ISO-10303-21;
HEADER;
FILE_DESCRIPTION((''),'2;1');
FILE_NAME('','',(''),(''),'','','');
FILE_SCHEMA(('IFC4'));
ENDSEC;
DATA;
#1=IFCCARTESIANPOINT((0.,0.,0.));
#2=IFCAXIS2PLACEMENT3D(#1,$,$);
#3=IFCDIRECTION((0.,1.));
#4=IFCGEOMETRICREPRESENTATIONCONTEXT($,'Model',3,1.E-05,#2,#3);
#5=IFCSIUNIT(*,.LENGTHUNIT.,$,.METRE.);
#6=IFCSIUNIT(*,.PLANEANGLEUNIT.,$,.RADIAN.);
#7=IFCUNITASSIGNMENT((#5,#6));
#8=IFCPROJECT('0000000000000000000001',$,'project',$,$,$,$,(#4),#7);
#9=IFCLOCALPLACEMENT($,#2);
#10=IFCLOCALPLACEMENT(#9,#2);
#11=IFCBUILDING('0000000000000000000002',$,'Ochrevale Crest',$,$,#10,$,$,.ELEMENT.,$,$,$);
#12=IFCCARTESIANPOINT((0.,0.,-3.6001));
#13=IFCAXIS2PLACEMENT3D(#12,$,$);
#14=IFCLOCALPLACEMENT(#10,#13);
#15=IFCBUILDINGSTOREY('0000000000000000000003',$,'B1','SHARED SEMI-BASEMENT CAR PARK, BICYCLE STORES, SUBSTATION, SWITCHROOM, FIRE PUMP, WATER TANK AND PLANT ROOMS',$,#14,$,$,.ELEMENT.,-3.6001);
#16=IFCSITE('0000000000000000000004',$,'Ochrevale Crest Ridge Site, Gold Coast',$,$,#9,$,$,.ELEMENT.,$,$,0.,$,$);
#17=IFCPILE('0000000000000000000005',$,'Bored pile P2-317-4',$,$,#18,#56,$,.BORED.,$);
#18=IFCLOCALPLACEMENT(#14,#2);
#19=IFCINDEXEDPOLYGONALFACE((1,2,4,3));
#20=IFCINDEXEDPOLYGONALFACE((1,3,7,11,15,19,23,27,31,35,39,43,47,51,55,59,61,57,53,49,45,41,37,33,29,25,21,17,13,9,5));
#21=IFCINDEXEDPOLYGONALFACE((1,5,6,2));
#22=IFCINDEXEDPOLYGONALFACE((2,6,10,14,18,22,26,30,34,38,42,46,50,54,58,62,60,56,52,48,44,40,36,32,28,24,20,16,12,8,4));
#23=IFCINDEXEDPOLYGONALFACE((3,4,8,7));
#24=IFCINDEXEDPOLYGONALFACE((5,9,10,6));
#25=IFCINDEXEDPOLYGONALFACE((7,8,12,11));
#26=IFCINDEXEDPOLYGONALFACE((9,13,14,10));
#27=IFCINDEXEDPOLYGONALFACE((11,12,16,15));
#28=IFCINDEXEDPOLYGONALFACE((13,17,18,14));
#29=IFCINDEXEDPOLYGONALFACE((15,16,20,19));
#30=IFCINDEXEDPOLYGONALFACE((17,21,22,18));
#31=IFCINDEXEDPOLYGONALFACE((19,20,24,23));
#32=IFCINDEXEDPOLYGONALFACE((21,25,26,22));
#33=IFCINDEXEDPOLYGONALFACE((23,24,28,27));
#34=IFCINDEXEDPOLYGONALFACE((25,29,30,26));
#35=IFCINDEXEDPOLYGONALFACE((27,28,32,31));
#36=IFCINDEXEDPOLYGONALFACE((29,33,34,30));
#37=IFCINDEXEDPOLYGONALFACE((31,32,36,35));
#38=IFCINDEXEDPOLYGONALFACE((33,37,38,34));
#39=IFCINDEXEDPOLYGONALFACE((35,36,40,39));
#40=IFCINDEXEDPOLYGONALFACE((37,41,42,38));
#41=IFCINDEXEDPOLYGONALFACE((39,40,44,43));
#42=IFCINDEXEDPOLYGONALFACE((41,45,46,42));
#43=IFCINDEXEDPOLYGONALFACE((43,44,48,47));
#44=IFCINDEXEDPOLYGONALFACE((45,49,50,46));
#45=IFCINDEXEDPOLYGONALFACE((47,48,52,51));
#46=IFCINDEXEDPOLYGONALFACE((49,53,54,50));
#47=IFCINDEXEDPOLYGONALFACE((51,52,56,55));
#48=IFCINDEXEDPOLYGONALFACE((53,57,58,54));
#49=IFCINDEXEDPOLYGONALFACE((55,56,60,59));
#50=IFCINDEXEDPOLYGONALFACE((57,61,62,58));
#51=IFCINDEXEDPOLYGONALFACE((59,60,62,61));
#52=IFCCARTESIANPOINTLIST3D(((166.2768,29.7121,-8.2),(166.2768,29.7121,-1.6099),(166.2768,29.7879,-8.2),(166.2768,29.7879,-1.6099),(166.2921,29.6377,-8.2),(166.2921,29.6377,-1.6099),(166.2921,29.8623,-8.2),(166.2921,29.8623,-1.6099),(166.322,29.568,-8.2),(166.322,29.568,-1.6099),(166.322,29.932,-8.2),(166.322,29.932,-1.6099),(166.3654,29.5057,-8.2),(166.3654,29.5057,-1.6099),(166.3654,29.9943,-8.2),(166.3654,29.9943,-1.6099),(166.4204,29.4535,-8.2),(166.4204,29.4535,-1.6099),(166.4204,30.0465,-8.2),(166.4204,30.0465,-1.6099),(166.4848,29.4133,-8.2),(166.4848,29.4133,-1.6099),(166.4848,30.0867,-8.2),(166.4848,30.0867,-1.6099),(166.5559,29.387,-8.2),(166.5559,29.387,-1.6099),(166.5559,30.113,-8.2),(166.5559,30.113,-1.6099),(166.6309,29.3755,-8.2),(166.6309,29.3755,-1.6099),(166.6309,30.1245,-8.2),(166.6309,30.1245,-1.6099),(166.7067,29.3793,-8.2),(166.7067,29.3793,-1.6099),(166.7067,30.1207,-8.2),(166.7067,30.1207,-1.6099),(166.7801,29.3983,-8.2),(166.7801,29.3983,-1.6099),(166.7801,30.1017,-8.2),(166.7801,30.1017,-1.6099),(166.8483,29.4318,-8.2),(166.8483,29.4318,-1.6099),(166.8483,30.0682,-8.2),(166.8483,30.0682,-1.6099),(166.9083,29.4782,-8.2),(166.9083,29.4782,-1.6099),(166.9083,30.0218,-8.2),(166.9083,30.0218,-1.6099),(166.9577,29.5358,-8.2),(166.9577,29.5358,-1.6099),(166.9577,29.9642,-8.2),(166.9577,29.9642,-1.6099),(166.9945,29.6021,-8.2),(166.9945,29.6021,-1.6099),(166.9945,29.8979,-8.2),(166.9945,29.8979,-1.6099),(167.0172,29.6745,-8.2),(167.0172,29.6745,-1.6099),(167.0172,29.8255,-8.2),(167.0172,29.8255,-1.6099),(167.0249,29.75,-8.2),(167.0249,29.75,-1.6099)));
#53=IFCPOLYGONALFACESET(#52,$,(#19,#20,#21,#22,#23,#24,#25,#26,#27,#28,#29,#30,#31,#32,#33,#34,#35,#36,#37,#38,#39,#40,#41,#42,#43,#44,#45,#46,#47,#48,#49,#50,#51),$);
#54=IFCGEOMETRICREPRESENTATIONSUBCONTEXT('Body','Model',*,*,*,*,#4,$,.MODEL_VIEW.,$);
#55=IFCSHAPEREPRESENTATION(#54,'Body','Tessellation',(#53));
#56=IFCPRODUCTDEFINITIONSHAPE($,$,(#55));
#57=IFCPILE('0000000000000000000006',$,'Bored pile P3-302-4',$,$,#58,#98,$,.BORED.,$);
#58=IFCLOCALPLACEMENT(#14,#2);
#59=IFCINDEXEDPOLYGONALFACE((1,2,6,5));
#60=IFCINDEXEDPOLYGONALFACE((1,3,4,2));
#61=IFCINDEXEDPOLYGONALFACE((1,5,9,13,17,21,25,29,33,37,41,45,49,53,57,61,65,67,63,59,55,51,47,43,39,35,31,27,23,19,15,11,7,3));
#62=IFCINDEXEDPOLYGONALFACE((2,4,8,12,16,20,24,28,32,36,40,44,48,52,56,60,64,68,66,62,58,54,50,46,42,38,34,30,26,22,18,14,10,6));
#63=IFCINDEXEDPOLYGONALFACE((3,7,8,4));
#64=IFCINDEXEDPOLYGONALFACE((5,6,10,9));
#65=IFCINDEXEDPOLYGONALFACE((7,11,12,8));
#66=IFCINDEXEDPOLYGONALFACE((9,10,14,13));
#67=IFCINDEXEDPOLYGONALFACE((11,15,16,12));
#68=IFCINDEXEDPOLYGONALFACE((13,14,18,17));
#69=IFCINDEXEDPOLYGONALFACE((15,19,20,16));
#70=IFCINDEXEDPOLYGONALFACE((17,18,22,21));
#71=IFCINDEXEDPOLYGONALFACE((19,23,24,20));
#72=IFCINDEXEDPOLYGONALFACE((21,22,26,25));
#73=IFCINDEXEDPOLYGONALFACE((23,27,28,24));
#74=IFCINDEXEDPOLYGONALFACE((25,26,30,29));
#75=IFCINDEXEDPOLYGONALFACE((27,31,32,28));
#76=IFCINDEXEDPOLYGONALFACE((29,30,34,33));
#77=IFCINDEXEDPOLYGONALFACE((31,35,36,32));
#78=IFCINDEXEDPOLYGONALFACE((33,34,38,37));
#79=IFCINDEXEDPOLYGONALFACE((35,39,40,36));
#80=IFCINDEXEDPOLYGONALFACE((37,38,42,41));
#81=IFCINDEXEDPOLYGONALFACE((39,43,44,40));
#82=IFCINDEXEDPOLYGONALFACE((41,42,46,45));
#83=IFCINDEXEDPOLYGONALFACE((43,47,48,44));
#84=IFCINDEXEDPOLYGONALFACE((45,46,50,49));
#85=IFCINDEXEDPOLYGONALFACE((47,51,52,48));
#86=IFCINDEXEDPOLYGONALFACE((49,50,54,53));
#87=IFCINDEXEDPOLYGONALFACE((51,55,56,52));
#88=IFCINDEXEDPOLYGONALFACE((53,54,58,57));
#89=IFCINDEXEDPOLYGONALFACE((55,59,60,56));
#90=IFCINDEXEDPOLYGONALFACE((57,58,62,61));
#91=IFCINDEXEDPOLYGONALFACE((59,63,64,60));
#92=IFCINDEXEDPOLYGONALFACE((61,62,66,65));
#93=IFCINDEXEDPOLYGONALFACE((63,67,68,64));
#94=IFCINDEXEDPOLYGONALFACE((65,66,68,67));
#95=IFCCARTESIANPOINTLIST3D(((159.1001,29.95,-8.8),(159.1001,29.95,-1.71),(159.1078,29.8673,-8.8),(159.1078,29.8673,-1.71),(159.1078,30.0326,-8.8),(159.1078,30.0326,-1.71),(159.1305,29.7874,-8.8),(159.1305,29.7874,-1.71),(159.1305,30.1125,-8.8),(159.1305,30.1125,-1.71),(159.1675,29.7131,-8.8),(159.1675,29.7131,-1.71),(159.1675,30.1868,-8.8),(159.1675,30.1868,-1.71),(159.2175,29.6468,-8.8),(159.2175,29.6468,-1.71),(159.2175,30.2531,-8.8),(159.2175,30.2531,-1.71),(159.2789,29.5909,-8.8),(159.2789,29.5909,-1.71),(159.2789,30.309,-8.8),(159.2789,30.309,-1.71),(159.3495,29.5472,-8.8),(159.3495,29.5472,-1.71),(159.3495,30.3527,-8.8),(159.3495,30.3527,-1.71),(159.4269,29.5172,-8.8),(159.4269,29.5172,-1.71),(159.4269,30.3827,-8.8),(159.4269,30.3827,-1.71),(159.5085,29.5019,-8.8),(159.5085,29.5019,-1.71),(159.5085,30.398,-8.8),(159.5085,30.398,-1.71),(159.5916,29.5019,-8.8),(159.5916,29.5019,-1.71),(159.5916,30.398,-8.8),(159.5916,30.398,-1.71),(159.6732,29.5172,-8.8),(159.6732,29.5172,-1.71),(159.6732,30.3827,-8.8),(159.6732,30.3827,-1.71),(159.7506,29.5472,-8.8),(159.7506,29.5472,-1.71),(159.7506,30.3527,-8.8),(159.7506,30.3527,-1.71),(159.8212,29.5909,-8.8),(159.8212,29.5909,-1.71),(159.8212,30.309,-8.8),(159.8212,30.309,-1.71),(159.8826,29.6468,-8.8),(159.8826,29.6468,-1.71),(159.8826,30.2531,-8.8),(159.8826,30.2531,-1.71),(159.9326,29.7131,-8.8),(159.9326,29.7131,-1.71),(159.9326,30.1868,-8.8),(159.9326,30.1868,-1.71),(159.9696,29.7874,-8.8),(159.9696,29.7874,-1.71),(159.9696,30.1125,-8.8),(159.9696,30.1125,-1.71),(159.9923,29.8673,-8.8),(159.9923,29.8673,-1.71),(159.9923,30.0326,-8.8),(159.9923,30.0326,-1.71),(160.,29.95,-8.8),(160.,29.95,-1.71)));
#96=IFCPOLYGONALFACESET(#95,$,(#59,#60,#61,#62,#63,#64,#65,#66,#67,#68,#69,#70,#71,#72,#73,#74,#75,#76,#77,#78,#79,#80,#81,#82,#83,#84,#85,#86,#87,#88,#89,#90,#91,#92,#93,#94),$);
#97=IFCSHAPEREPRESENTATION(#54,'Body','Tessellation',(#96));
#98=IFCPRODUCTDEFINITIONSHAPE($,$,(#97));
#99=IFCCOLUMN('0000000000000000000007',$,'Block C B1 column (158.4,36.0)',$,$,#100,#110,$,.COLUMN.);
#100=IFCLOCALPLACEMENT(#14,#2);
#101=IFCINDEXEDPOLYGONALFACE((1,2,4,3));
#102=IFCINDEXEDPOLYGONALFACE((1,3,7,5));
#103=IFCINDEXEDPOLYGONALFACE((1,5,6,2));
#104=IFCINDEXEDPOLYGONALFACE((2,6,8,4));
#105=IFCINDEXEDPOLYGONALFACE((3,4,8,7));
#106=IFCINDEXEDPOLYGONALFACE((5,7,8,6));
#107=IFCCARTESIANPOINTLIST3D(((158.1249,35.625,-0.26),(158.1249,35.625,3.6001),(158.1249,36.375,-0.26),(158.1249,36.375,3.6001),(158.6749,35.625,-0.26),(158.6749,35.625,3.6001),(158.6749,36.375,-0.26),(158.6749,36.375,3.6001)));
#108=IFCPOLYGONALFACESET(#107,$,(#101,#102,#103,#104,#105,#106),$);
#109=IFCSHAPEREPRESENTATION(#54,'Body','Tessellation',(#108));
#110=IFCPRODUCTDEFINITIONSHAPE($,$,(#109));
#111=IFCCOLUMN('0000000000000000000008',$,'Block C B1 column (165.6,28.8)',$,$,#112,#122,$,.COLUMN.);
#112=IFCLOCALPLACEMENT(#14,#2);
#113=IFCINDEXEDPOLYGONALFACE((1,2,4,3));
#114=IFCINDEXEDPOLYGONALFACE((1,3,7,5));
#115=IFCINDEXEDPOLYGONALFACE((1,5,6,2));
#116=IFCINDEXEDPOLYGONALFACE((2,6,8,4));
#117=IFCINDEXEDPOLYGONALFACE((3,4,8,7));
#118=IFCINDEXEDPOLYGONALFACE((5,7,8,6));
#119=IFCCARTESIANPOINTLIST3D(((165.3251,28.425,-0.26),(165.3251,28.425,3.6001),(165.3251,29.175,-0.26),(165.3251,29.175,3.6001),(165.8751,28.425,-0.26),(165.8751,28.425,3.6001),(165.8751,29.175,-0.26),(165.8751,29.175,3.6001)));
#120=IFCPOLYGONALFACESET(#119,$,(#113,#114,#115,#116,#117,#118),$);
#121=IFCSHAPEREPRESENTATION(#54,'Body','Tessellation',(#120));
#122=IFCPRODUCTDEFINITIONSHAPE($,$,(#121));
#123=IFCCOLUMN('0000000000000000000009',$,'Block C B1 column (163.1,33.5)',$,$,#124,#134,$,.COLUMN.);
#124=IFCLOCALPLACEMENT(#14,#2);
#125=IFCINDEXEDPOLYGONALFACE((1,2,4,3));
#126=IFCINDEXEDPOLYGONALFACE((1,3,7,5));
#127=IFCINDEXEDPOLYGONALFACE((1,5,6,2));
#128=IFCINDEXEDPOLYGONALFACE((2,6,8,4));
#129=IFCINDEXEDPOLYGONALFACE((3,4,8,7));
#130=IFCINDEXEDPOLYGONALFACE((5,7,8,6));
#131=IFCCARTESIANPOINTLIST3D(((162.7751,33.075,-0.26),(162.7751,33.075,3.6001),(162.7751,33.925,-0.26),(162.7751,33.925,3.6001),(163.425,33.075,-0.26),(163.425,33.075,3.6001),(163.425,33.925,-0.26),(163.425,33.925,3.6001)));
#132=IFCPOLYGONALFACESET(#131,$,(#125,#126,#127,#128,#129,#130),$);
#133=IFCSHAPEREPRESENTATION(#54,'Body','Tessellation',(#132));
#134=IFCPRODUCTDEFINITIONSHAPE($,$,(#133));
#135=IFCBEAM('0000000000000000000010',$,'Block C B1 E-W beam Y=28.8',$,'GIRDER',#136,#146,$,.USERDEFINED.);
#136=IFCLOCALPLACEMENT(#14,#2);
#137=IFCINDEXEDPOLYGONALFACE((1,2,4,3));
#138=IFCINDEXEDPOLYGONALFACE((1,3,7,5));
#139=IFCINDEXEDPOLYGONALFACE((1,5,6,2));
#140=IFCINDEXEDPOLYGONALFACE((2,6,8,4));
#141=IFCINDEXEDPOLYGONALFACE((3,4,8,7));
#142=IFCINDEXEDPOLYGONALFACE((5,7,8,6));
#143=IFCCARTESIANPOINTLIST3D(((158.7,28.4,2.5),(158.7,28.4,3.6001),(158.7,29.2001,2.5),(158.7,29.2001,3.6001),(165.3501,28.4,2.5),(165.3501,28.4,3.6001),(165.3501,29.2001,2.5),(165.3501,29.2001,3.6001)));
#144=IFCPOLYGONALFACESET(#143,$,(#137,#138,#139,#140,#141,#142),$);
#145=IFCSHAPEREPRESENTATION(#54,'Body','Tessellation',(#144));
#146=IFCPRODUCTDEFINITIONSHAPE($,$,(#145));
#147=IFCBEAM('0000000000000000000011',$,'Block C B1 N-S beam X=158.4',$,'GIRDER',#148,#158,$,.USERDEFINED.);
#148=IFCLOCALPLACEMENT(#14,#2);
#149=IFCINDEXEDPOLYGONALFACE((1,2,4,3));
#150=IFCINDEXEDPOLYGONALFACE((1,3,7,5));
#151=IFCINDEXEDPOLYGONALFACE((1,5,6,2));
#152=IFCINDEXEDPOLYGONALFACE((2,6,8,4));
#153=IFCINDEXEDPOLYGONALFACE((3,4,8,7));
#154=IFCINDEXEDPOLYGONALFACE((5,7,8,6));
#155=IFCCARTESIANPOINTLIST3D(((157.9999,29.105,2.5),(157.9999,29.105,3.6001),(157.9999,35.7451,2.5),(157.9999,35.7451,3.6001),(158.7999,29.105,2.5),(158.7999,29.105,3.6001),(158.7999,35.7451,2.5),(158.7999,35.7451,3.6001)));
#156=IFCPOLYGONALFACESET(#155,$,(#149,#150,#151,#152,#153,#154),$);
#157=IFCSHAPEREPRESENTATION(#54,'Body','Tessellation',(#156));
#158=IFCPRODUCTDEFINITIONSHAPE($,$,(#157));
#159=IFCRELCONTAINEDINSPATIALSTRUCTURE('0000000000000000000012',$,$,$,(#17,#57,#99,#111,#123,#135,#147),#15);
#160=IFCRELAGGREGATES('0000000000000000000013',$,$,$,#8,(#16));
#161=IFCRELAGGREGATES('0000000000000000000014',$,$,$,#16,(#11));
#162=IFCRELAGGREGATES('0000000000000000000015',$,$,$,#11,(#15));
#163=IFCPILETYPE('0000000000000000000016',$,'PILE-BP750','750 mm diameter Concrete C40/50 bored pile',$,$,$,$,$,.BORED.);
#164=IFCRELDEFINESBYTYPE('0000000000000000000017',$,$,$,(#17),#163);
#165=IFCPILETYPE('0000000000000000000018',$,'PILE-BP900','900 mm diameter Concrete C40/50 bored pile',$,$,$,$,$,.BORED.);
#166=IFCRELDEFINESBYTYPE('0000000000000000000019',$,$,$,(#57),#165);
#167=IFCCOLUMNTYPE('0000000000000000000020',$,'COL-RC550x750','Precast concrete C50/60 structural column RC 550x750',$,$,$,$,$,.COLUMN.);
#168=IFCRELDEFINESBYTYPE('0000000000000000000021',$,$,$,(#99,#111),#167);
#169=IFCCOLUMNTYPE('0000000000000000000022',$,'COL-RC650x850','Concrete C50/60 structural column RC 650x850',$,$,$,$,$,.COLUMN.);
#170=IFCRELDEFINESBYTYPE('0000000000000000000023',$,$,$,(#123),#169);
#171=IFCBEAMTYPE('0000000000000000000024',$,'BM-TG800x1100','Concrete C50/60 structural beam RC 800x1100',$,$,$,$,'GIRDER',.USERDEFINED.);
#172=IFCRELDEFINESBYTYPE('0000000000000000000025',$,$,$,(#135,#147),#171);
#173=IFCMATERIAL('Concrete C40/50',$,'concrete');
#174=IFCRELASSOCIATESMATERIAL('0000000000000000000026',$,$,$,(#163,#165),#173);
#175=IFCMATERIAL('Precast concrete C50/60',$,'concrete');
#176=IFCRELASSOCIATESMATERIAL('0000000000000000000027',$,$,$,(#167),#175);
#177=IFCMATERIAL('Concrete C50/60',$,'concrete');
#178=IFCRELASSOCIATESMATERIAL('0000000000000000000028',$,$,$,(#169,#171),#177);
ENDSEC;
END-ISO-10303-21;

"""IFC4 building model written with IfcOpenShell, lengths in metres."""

from ifc_helpers import new_model, si_unit, direction, frame, origin, origin_2d, place, context, subcontext, project, spatial, rectangle, circle, extrude, material, material_profile, profile_set, type_object, element, save


model = new_model("IFC4")

# Units and contexts
model_context = context("Model", 3, precision=1e-05, world=origin(), true_north=direction((0.0, 1.0)))
body_context = subcontext(model_context, "Body", "Model", "MODEL_VIEW")
ifc_project = project(units=[si_unit("LENGTHUNIT", "METRE"), si_unit("PLANEANGLEUNIT", "RADIAN")], contexts=[model_context])

# Site, building, storey
site_placement = place(None, origin())
site = spatial("IfcSite", under=ifc_project, at=site_placement, Name="Ochrevale Crest Ridge Site, Gold Coast", CompositionType="ELEMENT", RefElevation=0.0)
building_placement = place(site_placement, origin())
building = spatial("IfcBuilding", under=site, at=building_placement, Name="Ochrevale Crest", CompositionType="ELEMENT")
storey_placement = place(building_placement, frame((0.0, 0.0, -3.6001)))
storey = spatial("IfcBuildingStorey", under=building, at=storey_placement, Name="B1", Description="SHARED SEMI-BASEMENT CAR PARK, BICYCLE STORES, SUBSTATION, SWITCHROOM, FIRE PUMP, WATER TANK AND PLANT ROOMS", CompositionType="ELEMENT", Elevation=-3.6001)

# Shared definitions
ifc_material_1 = material(Name="Concrete C40/50", Category="concrete")

# Piles
ifc_material_profile_1 = material_profile(ifc_material_1, circle(Radius=0.375, at=origin_2d()), Name="BORED PILE 750")
ifc_profile_set_1 = profile_set([ifc_material_profile_1], Name="Concrete C40/50")
pile_type_1 = type_object("IfcPileType", Name="PILE-BP750", Description="750 mm diameter Concrete C40/50 bored pile", PredefinedType="BORED", material=ifc_profile_set_1)
for number, where, z_axis, x_axis, name in (
    (1, (166.6499, 29.75, -1.6099), (0.0, 0.0, -1.0), (1.0, 0.0, 0.0), "Bored pile P2-317-4"),
):
    element("IfcPile", number, at=place(storey_placement, frame(where, z_axis=z_axis, x_axis=x_axis)), inside=storey, type_object=pile_type_1, Name=name, PredefinedType="BORED", context=body_context, shape_type="SweptSolid", body=[
        extrude(circle(Radius=0.375, at=origin_2d()), origin(), (0.0, 0.0, 1.0), 6.5901),
    ])
ifc_material_profile_2 = material_profile(ifc_material_1, circle(Radius=0.45, at=origin_2d()), Name="BORED PILE 900")
ifc_profile_set_2 = profile_set([ifc_material_profile_2], Name="Concrete C40/50")
pile_type_2 = type_object("IfcPileType", Name="PILE-BP900", Description="900 mm diameter Concrete C40/50 bored pile", PredefinedType="BORED", material=ifc_profile_set_2)
pile_placement = place(storey_placement, frame((159.55, 29.95, -1.71), z_axis=(0.0, 0.0, -1.0), x_axis=(1.0, 0.0, 0.0)))
element("IfcPile", 2, at=pile_placement, inside=storey, type_object=pile_type_2, Name="Bored pile P3-302-4", PredefinedType="BORED", context=body_context, shape_type="SweptSolid", body=[
    extrude(circle(Radius=0.45, at=origin_2d()), origin(), (0.0, 0.0, 1.0), 7.0901),
])

# Columns
ifc_material_2 = material(Name="Precast concrete C50/60", Category="concrete")
ifc_material_profile_3 = material_profile(ifc_material_2, rectangle(XDim=0.55, YDim=0.75, at=origin_2d()), Name="RC 550x750")
ifc_profile_set_3 = profile_set([ifc_material_profile_3], Name="Precast concrete C50/60")
column_type_1 = type_object("IfcColumnType", Name="COL-RC550x750", Description="Precast concrete C50/60 structural column RC 550x750", PredefinedType="COLUMN", material=ifc_profile_set_3)
for number, where, z_axis, x_axis, name in (
    (3, (158.3999, 36.0, -0.26), (0.0, 0.0, 1.0), (1.0, 0.0, 0.0), "Block C B1 column (158.4,36.0)"),
    (4, (165.6001, 28.8, -0.26), (0.0, 0.0, 1.0), (1.0, 0.0, 0.0), "Block C B1 column (165.6,28.8)"),
):
    element("IfcColumn", number, at=place(storey_placement, frame(where, z_axis=z_axis, x_axis=x_axis)), inside=storey, type_object=column_type_1, Name=name, PredefinedType="COLUMN", context=body_context, shape_type="SweptSolid", body=[
        extrude(rectangle(XDim=0.55, YDim=0.75, at=origin_2d()), origin(), (0.0, 0.0, 1.0), 3.8601),
    ])
ifc_material_3 = material(Name="Concrete C50/60", Category="concrete")
ifc_material_profile_4 = material_profile(ifc_material_3, rectangle(XDim=0.6499, YDim=0.8501, at=origin_2d()), Name="RC 650x850")
ifc_profile_set_4 = profile_set([ifc_material_profile_4], Name="Concrete C50/60")
column_type_2 = type_object("IfcColumnType", Name="COL-RC650x850", Description="Concrete C50/60 structural column RC 650x850", PredefinedType="COLUMN", material=ifc_profile_set_4)
column_placement = place(storey_placement, frame((163.1001, 33.5, -0.26), z_axis=(0.0, 0.0, 1.0), x_axis=(1.0, 0.0, 0.0)))
element("IfcColumn", 5, at=column_placement, inside=storey, type_object=column_type_2, Name="Block C B1 column (163.1,33.5)", PredefinedType="COLUMN", context=body_context, shape_type="SweptSolid", body=[
    extrude(rectangle(XDim=0.6499, YDim=0.8501, at=origin_2d()), origin(), (0.0, 0.0, 1.0), 3.8601),
])

# Beams
ifc_material_profile_5 = material_profile(ifc_material_3, rectangle(XDim=0.8, YDim=1.1001, at=origin_2d()), Name="RC 800x1100")
ifc_profile_set_5 = profile_set([ifc_material_profile_5], Name="Concrete C50/60")
beam_type = type_object("IfcBeamType", Name="BM-TG800x1100", Description="Concrete C50/60 structural beam RC 800x1100", ElementType="GIRDER", PredefinedType="USERDEFINED", material=ifc_profile_set_5)
beam_1_placement = place(storey_placement, frame((158.7, 28.8, 3.05), z_axis=(1.0, 0.0, 0.0), x_axis=(0.0, 1.0, 0.0)))
element("IfcBeam", 6, at=beam_1_placement, inside=storey, type_object=beam_type, Name="Block C B1 E-W beam Y=28.8", ObjectType="GIRDER", PredefinedType="USERDEFINED", context=body_context, shape_type="SweptSolid", body=[
    extrude(rectangle(XDim=0.8, YDim=1.1001, at=origin_2d()), origin(), (0.0, 0.0, 1.0), 6.6501),
])
beam_2_placement = place(storey_placement, frame((158.3999, 29.105, 3.05), z_axis=(0.0, 1.0, 0.0), x_axis=(-1.0, 0.0, 0.0)))
element("IfcBeam", 7, at=beam_2_placement, inside=storey, type_object=beam_type, Name="Block C B1 N-S beam X=158.4", ObjectType="GIRDER", PredefinedType="USERDEFINED", context=body_context, shape_type="SweptSolid", body=[
    extrude(rectangle(XDim=0.8, YDim=1.1001, at=origin_2d()), origin(), (0.0, 0.0, 1.0), 6.6401),
])

save(model, "model.ifc")
